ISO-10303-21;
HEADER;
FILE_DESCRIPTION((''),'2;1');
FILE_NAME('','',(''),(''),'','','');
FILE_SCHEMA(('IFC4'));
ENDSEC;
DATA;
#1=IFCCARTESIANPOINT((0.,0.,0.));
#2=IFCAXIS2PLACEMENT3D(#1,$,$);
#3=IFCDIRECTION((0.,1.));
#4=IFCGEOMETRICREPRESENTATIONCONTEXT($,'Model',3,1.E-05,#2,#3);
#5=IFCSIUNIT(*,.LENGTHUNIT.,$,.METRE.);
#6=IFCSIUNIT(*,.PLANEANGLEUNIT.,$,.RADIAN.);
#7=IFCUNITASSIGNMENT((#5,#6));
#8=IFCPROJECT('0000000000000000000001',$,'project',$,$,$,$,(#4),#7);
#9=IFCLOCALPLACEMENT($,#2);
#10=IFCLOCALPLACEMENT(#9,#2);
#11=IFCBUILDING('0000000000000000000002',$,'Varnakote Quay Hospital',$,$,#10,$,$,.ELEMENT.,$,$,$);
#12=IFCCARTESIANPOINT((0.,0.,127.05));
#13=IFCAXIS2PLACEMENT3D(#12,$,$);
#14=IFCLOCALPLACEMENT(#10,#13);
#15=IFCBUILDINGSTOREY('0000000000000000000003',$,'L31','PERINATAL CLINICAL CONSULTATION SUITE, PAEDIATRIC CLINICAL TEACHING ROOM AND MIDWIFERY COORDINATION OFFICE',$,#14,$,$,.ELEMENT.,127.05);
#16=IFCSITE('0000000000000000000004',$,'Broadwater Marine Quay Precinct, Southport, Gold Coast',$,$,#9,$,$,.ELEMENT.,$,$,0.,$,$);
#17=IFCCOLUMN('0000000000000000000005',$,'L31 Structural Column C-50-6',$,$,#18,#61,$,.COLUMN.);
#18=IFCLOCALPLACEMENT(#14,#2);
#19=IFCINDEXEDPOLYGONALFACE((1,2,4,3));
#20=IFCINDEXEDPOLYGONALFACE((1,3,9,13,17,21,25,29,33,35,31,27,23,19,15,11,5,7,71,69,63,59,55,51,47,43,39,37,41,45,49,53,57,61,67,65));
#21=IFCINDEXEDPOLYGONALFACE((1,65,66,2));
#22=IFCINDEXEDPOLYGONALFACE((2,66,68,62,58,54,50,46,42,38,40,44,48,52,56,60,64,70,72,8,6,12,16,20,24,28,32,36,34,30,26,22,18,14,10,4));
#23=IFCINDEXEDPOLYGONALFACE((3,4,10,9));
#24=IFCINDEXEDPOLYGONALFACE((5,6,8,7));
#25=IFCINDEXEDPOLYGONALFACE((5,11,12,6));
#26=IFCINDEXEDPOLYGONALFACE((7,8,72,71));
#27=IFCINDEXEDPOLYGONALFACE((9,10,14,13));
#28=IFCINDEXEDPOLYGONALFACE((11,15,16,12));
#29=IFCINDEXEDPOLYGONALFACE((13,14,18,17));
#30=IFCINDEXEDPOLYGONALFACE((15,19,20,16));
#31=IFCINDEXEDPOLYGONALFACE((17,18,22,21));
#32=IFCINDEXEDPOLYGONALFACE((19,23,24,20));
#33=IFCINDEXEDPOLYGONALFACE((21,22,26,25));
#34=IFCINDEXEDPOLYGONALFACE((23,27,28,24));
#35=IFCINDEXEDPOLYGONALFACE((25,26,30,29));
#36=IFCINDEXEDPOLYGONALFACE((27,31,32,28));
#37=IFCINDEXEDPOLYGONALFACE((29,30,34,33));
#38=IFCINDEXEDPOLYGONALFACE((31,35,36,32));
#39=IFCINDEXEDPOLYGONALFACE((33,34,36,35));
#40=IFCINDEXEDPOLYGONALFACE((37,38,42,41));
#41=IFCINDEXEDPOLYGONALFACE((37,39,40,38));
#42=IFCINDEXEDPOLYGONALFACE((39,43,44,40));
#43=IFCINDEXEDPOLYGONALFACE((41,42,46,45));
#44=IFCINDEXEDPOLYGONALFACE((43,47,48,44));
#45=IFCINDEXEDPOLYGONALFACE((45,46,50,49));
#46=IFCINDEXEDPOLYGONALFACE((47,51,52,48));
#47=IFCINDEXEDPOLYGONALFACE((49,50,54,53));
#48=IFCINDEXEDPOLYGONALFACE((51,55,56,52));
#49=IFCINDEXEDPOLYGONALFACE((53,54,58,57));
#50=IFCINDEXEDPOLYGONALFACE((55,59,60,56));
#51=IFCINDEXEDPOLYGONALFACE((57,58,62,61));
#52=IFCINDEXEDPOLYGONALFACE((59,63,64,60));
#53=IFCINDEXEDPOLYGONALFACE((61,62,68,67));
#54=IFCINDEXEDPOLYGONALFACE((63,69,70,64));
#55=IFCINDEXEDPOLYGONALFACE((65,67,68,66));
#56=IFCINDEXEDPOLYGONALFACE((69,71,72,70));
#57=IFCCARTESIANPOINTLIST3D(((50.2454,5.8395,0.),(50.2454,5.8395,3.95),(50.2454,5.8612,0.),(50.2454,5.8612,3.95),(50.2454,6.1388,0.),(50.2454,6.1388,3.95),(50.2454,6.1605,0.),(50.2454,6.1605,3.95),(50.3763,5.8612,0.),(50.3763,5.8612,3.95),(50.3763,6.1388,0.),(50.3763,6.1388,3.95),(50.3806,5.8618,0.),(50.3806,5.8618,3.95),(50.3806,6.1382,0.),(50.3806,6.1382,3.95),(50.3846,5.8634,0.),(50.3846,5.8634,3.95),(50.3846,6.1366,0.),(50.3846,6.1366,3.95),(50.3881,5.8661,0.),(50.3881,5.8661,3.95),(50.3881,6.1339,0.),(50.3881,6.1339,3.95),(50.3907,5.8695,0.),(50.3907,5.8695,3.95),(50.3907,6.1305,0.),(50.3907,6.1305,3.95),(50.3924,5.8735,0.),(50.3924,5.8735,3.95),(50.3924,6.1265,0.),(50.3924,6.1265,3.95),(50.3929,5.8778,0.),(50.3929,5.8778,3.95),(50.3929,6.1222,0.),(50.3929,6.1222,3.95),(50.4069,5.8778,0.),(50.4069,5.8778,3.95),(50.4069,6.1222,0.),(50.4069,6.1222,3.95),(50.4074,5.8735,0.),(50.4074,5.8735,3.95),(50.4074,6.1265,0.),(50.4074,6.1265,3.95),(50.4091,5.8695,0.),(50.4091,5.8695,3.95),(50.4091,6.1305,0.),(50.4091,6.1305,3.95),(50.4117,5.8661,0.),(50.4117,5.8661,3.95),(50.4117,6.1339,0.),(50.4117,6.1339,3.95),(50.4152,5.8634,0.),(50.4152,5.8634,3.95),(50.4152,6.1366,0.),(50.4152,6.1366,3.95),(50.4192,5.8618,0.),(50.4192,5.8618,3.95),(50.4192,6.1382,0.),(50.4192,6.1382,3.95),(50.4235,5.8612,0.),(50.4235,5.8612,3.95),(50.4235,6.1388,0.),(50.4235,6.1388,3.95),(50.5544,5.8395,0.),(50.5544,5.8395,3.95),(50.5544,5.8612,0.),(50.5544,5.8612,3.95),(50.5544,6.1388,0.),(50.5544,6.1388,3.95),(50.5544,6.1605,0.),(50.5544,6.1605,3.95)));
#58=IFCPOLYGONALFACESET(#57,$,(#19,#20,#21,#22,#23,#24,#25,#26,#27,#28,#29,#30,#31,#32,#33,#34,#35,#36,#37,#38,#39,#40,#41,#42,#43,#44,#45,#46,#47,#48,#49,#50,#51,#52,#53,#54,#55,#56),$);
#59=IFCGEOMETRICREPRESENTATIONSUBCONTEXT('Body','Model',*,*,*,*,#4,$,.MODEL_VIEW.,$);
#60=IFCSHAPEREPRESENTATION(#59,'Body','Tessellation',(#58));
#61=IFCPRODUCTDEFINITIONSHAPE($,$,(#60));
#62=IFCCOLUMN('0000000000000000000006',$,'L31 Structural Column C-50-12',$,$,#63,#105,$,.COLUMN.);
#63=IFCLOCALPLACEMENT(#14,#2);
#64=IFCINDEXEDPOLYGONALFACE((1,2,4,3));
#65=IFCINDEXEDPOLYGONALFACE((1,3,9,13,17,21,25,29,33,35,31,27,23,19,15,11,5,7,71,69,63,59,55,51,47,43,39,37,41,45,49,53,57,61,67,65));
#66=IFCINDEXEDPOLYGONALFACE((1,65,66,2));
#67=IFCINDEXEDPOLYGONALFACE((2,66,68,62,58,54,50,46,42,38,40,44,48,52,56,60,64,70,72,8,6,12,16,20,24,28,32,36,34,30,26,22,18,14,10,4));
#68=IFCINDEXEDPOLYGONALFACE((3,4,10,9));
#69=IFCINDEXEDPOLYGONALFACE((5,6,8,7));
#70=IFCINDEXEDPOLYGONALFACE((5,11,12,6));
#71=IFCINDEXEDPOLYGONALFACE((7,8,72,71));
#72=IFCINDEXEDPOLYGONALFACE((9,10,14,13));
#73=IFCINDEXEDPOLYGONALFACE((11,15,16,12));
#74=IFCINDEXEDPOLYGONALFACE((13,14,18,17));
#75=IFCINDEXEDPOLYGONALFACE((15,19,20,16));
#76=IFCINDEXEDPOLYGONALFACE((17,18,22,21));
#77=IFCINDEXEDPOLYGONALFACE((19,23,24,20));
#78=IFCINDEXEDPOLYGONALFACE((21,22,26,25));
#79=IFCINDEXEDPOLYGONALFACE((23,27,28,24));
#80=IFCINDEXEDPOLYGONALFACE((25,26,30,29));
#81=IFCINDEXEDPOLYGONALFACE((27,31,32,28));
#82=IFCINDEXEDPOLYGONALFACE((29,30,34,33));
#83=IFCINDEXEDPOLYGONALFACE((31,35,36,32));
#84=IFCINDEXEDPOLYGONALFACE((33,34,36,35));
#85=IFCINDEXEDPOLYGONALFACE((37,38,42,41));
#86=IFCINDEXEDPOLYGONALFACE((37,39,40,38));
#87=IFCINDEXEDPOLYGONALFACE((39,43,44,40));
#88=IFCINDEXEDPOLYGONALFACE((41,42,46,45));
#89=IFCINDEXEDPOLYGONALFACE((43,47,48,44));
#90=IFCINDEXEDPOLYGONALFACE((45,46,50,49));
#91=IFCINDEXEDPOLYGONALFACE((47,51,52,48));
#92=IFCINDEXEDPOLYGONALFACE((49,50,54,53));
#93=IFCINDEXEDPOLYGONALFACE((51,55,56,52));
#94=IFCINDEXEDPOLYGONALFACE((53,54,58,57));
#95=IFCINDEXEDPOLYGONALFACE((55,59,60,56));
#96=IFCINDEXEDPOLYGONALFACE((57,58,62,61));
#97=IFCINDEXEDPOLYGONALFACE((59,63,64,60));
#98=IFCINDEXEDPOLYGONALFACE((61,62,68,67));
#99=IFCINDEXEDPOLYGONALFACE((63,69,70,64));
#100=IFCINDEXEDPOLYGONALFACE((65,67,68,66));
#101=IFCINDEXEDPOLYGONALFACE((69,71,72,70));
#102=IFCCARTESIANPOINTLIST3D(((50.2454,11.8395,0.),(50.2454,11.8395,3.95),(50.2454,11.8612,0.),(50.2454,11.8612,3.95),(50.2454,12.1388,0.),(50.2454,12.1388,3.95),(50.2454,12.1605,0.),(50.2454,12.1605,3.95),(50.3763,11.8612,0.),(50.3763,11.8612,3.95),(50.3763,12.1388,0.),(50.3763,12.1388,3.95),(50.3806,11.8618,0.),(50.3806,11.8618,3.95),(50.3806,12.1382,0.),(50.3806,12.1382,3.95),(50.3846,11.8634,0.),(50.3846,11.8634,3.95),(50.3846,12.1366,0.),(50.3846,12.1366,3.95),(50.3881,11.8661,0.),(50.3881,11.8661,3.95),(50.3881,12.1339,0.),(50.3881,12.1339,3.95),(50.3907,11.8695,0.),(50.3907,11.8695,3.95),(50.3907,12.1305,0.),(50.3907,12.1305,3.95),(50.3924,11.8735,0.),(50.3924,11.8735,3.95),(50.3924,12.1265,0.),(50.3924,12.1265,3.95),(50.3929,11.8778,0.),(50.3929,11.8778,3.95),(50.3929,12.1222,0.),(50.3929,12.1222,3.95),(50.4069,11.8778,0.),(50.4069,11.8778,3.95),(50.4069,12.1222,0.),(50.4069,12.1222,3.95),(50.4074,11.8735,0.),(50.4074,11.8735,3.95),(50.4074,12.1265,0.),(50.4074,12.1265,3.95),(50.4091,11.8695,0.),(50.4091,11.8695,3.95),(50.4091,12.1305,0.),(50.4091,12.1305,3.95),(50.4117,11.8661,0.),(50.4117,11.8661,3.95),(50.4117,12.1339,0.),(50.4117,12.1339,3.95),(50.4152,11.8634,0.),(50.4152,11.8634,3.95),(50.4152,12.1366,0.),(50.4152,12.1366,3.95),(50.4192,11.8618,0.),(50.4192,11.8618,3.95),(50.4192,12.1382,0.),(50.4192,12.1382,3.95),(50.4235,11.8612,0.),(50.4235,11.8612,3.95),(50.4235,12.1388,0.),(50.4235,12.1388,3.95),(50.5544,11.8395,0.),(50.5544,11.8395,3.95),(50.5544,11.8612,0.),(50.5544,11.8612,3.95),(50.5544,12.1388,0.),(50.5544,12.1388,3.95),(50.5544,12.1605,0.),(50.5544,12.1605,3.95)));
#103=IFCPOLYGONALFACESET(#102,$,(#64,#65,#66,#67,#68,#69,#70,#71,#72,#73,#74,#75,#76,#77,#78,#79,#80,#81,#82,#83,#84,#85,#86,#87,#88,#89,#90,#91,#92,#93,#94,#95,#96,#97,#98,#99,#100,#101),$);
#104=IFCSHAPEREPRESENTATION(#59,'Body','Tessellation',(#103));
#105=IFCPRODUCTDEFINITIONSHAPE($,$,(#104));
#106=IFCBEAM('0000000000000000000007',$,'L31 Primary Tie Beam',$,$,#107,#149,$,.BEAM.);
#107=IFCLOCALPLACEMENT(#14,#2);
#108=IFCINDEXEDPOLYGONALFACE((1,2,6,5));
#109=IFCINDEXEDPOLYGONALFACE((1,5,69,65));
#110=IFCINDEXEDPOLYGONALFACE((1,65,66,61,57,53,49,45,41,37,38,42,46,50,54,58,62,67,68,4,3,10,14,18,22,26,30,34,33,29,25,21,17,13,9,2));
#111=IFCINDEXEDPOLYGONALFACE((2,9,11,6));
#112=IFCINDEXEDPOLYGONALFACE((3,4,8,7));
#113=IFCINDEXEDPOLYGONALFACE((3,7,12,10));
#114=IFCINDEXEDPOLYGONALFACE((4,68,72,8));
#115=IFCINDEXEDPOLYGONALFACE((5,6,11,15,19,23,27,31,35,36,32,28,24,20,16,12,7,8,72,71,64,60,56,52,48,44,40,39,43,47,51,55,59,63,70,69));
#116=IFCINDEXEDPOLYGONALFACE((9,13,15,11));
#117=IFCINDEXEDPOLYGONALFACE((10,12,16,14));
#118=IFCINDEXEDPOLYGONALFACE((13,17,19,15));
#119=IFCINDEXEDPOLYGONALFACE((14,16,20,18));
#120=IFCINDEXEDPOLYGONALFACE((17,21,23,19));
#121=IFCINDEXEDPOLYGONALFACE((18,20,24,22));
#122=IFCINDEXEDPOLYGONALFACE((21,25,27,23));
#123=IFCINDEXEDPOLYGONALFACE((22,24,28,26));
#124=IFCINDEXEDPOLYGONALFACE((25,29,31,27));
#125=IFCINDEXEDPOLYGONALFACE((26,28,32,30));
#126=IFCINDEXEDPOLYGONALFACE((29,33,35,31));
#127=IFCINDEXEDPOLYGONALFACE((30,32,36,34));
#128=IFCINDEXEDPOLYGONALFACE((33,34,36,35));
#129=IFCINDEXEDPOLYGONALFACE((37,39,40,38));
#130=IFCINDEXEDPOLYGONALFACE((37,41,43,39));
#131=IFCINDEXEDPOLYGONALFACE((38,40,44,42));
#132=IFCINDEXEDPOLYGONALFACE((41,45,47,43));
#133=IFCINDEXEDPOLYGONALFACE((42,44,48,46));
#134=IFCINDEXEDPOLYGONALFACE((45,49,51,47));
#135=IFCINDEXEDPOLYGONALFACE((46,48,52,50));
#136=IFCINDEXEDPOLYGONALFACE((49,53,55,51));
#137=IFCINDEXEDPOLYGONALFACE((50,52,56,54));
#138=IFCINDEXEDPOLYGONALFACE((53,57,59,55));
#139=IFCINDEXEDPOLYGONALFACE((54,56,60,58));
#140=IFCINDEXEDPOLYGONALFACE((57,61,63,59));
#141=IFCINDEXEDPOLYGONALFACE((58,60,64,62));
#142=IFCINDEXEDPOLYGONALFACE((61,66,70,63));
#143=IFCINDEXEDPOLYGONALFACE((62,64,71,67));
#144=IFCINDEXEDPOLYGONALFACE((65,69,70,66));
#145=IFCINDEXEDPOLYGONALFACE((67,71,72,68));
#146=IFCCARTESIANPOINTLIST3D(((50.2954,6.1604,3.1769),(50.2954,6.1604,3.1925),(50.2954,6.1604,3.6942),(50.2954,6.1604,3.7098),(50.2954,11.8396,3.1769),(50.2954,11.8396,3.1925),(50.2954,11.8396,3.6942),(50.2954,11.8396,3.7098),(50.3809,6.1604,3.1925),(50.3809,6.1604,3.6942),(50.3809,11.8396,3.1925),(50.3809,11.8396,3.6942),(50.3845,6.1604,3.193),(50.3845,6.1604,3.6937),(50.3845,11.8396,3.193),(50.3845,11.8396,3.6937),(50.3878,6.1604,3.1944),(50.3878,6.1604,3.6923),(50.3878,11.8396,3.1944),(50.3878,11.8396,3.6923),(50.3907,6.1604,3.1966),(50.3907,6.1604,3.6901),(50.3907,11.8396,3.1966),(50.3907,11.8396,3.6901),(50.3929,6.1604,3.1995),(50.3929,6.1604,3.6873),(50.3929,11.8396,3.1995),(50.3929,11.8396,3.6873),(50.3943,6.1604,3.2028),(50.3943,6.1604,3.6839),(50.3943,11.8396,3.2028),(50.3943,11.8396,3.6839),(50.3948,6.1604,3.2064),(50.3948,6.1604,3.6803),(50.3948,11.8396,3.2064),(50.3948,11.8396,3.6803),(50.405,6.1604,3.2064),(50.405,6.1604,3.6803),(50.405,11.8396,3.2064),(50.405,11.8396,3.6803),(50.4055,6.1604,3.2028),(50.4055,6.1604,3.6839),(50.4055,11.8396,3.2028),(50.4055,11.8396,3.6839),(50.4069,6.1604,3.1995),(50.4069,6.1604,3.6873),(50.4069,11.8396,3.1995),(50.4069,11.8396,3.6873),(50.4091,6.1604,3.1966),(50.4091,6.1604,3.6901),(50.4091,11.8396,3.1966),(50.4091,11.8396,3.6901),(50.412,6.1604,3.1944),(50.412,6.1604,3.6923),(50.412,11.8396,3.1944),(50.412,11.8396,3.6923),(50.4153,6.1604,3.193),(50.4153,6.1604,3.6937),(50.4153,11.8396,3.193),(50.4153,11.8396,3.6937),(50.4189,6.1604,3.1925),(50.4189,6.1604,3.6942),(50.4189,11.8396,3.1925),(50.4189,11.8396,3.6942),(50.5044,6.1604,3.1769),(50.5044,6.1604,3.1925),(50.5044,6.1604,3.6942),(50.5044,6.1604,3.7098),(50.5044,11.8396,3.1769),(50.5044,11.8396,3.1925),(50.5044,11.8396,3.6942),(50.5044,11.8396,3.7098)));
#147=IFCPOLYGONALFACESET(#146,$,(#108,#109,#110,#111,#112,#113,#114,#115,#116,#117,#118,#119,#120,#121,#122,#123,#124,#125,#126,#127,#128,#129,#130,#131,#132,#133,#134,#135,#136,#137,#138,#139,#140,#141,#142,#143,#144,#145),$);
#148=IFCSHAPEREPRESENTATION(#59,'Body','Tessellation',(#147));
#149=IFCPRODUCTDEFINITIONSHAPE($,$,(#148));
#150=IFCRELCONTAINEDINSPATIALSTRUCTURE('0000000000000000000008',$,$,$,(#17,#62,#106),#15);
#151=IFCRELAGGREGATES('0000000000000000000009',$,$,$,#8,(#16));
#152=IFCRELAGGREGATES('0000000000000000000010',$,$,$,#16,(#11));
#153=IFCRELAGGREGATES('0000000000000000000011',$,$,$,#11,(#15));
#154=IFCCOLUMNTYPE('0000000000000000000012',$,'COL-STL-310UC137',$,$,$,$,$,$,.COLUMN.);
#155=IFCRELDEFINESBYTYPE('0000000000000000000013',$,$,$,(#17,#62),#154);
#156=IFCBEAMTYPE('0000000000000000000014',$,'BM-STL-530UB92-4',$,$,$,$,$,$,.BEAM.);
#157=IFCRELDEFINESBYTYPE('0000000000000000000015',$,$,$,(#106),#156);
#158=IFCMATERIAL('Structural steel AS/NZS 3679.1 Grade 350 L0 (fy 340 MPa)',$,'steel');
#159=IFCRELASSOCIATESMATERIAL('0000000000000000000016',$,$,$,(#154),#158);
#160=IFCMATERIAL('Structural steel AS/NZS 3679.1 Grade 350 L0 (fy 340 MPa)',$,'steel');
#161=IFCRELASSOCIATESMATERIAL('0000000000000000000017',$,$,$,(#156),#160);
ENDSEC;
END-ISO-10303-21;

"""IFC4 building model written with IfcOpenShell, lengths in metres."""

from ifc_helpers import new_model, si_unit, direction, frame, origin, origin_2d, place, context, subcontext, project, spatial, i_section, extrude, material, material_profile, profile_set, type_object, element, save


model = new_model("IFC4")

# Units and contexts
model_context = context("Model", 3, precision=1e-05, world=origin(), true_north=direction((0.0, 1.0)))
body_context = subcontext(model_context, "Body", "Model", "MODEL_VIEW")
ifc_project = project(units=[si_unit("LENGTHUNIT", "METRE"), si_unit("PLANEANGLEUNIT", "RADIAN")], contexts=[model_context])

# Site, building, storey
site_placement = place(None, origin())
site = spatial("IfcSite", under=ifc_project, at=site_placement, Name="Broadwater Marine Quay Precinct, Southport, Gold Coast", CompositionType="ELEMENT", RefElevation=0.0)
building_placement = place(site_placement, origin())
building = spatial("IfcBuilding", under=site, at=building_placement, Name="Varnakote Quay Hospital", CompositionType="ELEMENT")
storey_placement = place(building_placement, frame((0.0, 0.0, 127.05)))
storey = spatial("IfcBuildingStorey", under=building, at=storey_placement, Name="L31", Description="PERINATAL CLINICAL CONSULTATION SUITE, PAEDIATRIC CLINICAL TEACHING ROOM AND MIDWIFERY COORDINATION OFFICE", CompositionType="ELEMENT", Elevation=127.05)

# Columns
ifc_material_1 = material(Name="Structural steel AS/NZS 3679.1 Grade 350 L0 (fy 340 MPa)", Category="steel")
ifc_material_profile_1 = material_profile(ifc_material_1, i_section(OverallWidth=0.3091, OverallDepth=0.321, WebThickness=0.0139, FlangeThickness=0.0217, FilletRadius=0.0166, at=origin_2d()), Name="310UC137")
ifc_profile_set_1 = profile_set([ifc_material_profile_1], Name="Structural steel AS/NZS 3679.1 Grade 350 L0 (fy 340 MPa)")
column_type = type_object("IfcColumnType", Name="COL-STL-310UC137", PredefinedType="COLUMN", material=ifc_profile_set_1)
for number, where, z_axis, x_axis, name in (
    (1, (50.3999, 6.0, 0.0), (0.0, 0.0, 1.0), (1.0, 0.0, 0.0), "L31 Structural Column C-50-6"),
    (2, (50.3999, 12.0, 0.0), (0.0, 0.0, 1.0), (1.0, 0.0, 0.0), "L31 Structural Column C-50-12"),
):
    element("IfcColumn", number, at=place(storey_placement, frame(where, z_axis=z_axis, x_axis=x_axis)), inside=storey, type_object=column_type, Name=name, PredefinedType="COLUMN", context=body_context, shape_type="SweptSolid", body=[
        extrude(i_section(OverallWidth=0.3091, OverallDepth=0.321, WebThickness=0.0139, FlangeThickness=0.0217, FilletRadius=0.0166, at=origin_2d()), origin(), (0.0, 0.0, 1.0), 3.95),
    ])

# Beam
ifc_material_2 = material(Name="Structural steel AS/NZS 3679.1 Grade 350 L0 (fy 340 MPa)", Category="steel")
ifc_material_profile_2 = material_profile(ifc_material_2, i_section(OverallWidth=0.209, OverallDepth=0.533, WebThickness=0.0103, FlangeThickness=0.0156, FilletRadius=0.0139, at=origin_2d()), Name="530UB92.4")
ifc_profile_set_2 = profile_set([ifc_material_profile_2], Name="Structural steel AS/NZS 3679.1 Grade 350 L0 (fy 340 MPa)")
beam_type = type_object("IfcBeamType", Name="BM-STL-530UB92-4", PredefinedType="BEAM", material=ifc_profile_set_2)
beam_placement = place(storey_placement, frame((50.3999, 6.1604, 3.4434), z_axis=(0.0, 1.0, 0.0), x_axis=(-1.0, 0.0, 0.0)))
element("IfcBeam", 3, at=beam_placement, inside=storey, type_object=beam_type, Name="L31 Primary Tie Beam", PredefinedType="BEAM", context=body_context, shape_type="SweptSolid", body=[
    extrude(i_section(OverallWidth=0.209, OverallDepth=0.533, WebThickness=0.0103, FlangeThickness=0.0156, FilletRadius=0.0139, at=origin_2d()), origin(), (0.0, 0.0, 1.0), 5.6792),
])

save(model, "model.ifc")
